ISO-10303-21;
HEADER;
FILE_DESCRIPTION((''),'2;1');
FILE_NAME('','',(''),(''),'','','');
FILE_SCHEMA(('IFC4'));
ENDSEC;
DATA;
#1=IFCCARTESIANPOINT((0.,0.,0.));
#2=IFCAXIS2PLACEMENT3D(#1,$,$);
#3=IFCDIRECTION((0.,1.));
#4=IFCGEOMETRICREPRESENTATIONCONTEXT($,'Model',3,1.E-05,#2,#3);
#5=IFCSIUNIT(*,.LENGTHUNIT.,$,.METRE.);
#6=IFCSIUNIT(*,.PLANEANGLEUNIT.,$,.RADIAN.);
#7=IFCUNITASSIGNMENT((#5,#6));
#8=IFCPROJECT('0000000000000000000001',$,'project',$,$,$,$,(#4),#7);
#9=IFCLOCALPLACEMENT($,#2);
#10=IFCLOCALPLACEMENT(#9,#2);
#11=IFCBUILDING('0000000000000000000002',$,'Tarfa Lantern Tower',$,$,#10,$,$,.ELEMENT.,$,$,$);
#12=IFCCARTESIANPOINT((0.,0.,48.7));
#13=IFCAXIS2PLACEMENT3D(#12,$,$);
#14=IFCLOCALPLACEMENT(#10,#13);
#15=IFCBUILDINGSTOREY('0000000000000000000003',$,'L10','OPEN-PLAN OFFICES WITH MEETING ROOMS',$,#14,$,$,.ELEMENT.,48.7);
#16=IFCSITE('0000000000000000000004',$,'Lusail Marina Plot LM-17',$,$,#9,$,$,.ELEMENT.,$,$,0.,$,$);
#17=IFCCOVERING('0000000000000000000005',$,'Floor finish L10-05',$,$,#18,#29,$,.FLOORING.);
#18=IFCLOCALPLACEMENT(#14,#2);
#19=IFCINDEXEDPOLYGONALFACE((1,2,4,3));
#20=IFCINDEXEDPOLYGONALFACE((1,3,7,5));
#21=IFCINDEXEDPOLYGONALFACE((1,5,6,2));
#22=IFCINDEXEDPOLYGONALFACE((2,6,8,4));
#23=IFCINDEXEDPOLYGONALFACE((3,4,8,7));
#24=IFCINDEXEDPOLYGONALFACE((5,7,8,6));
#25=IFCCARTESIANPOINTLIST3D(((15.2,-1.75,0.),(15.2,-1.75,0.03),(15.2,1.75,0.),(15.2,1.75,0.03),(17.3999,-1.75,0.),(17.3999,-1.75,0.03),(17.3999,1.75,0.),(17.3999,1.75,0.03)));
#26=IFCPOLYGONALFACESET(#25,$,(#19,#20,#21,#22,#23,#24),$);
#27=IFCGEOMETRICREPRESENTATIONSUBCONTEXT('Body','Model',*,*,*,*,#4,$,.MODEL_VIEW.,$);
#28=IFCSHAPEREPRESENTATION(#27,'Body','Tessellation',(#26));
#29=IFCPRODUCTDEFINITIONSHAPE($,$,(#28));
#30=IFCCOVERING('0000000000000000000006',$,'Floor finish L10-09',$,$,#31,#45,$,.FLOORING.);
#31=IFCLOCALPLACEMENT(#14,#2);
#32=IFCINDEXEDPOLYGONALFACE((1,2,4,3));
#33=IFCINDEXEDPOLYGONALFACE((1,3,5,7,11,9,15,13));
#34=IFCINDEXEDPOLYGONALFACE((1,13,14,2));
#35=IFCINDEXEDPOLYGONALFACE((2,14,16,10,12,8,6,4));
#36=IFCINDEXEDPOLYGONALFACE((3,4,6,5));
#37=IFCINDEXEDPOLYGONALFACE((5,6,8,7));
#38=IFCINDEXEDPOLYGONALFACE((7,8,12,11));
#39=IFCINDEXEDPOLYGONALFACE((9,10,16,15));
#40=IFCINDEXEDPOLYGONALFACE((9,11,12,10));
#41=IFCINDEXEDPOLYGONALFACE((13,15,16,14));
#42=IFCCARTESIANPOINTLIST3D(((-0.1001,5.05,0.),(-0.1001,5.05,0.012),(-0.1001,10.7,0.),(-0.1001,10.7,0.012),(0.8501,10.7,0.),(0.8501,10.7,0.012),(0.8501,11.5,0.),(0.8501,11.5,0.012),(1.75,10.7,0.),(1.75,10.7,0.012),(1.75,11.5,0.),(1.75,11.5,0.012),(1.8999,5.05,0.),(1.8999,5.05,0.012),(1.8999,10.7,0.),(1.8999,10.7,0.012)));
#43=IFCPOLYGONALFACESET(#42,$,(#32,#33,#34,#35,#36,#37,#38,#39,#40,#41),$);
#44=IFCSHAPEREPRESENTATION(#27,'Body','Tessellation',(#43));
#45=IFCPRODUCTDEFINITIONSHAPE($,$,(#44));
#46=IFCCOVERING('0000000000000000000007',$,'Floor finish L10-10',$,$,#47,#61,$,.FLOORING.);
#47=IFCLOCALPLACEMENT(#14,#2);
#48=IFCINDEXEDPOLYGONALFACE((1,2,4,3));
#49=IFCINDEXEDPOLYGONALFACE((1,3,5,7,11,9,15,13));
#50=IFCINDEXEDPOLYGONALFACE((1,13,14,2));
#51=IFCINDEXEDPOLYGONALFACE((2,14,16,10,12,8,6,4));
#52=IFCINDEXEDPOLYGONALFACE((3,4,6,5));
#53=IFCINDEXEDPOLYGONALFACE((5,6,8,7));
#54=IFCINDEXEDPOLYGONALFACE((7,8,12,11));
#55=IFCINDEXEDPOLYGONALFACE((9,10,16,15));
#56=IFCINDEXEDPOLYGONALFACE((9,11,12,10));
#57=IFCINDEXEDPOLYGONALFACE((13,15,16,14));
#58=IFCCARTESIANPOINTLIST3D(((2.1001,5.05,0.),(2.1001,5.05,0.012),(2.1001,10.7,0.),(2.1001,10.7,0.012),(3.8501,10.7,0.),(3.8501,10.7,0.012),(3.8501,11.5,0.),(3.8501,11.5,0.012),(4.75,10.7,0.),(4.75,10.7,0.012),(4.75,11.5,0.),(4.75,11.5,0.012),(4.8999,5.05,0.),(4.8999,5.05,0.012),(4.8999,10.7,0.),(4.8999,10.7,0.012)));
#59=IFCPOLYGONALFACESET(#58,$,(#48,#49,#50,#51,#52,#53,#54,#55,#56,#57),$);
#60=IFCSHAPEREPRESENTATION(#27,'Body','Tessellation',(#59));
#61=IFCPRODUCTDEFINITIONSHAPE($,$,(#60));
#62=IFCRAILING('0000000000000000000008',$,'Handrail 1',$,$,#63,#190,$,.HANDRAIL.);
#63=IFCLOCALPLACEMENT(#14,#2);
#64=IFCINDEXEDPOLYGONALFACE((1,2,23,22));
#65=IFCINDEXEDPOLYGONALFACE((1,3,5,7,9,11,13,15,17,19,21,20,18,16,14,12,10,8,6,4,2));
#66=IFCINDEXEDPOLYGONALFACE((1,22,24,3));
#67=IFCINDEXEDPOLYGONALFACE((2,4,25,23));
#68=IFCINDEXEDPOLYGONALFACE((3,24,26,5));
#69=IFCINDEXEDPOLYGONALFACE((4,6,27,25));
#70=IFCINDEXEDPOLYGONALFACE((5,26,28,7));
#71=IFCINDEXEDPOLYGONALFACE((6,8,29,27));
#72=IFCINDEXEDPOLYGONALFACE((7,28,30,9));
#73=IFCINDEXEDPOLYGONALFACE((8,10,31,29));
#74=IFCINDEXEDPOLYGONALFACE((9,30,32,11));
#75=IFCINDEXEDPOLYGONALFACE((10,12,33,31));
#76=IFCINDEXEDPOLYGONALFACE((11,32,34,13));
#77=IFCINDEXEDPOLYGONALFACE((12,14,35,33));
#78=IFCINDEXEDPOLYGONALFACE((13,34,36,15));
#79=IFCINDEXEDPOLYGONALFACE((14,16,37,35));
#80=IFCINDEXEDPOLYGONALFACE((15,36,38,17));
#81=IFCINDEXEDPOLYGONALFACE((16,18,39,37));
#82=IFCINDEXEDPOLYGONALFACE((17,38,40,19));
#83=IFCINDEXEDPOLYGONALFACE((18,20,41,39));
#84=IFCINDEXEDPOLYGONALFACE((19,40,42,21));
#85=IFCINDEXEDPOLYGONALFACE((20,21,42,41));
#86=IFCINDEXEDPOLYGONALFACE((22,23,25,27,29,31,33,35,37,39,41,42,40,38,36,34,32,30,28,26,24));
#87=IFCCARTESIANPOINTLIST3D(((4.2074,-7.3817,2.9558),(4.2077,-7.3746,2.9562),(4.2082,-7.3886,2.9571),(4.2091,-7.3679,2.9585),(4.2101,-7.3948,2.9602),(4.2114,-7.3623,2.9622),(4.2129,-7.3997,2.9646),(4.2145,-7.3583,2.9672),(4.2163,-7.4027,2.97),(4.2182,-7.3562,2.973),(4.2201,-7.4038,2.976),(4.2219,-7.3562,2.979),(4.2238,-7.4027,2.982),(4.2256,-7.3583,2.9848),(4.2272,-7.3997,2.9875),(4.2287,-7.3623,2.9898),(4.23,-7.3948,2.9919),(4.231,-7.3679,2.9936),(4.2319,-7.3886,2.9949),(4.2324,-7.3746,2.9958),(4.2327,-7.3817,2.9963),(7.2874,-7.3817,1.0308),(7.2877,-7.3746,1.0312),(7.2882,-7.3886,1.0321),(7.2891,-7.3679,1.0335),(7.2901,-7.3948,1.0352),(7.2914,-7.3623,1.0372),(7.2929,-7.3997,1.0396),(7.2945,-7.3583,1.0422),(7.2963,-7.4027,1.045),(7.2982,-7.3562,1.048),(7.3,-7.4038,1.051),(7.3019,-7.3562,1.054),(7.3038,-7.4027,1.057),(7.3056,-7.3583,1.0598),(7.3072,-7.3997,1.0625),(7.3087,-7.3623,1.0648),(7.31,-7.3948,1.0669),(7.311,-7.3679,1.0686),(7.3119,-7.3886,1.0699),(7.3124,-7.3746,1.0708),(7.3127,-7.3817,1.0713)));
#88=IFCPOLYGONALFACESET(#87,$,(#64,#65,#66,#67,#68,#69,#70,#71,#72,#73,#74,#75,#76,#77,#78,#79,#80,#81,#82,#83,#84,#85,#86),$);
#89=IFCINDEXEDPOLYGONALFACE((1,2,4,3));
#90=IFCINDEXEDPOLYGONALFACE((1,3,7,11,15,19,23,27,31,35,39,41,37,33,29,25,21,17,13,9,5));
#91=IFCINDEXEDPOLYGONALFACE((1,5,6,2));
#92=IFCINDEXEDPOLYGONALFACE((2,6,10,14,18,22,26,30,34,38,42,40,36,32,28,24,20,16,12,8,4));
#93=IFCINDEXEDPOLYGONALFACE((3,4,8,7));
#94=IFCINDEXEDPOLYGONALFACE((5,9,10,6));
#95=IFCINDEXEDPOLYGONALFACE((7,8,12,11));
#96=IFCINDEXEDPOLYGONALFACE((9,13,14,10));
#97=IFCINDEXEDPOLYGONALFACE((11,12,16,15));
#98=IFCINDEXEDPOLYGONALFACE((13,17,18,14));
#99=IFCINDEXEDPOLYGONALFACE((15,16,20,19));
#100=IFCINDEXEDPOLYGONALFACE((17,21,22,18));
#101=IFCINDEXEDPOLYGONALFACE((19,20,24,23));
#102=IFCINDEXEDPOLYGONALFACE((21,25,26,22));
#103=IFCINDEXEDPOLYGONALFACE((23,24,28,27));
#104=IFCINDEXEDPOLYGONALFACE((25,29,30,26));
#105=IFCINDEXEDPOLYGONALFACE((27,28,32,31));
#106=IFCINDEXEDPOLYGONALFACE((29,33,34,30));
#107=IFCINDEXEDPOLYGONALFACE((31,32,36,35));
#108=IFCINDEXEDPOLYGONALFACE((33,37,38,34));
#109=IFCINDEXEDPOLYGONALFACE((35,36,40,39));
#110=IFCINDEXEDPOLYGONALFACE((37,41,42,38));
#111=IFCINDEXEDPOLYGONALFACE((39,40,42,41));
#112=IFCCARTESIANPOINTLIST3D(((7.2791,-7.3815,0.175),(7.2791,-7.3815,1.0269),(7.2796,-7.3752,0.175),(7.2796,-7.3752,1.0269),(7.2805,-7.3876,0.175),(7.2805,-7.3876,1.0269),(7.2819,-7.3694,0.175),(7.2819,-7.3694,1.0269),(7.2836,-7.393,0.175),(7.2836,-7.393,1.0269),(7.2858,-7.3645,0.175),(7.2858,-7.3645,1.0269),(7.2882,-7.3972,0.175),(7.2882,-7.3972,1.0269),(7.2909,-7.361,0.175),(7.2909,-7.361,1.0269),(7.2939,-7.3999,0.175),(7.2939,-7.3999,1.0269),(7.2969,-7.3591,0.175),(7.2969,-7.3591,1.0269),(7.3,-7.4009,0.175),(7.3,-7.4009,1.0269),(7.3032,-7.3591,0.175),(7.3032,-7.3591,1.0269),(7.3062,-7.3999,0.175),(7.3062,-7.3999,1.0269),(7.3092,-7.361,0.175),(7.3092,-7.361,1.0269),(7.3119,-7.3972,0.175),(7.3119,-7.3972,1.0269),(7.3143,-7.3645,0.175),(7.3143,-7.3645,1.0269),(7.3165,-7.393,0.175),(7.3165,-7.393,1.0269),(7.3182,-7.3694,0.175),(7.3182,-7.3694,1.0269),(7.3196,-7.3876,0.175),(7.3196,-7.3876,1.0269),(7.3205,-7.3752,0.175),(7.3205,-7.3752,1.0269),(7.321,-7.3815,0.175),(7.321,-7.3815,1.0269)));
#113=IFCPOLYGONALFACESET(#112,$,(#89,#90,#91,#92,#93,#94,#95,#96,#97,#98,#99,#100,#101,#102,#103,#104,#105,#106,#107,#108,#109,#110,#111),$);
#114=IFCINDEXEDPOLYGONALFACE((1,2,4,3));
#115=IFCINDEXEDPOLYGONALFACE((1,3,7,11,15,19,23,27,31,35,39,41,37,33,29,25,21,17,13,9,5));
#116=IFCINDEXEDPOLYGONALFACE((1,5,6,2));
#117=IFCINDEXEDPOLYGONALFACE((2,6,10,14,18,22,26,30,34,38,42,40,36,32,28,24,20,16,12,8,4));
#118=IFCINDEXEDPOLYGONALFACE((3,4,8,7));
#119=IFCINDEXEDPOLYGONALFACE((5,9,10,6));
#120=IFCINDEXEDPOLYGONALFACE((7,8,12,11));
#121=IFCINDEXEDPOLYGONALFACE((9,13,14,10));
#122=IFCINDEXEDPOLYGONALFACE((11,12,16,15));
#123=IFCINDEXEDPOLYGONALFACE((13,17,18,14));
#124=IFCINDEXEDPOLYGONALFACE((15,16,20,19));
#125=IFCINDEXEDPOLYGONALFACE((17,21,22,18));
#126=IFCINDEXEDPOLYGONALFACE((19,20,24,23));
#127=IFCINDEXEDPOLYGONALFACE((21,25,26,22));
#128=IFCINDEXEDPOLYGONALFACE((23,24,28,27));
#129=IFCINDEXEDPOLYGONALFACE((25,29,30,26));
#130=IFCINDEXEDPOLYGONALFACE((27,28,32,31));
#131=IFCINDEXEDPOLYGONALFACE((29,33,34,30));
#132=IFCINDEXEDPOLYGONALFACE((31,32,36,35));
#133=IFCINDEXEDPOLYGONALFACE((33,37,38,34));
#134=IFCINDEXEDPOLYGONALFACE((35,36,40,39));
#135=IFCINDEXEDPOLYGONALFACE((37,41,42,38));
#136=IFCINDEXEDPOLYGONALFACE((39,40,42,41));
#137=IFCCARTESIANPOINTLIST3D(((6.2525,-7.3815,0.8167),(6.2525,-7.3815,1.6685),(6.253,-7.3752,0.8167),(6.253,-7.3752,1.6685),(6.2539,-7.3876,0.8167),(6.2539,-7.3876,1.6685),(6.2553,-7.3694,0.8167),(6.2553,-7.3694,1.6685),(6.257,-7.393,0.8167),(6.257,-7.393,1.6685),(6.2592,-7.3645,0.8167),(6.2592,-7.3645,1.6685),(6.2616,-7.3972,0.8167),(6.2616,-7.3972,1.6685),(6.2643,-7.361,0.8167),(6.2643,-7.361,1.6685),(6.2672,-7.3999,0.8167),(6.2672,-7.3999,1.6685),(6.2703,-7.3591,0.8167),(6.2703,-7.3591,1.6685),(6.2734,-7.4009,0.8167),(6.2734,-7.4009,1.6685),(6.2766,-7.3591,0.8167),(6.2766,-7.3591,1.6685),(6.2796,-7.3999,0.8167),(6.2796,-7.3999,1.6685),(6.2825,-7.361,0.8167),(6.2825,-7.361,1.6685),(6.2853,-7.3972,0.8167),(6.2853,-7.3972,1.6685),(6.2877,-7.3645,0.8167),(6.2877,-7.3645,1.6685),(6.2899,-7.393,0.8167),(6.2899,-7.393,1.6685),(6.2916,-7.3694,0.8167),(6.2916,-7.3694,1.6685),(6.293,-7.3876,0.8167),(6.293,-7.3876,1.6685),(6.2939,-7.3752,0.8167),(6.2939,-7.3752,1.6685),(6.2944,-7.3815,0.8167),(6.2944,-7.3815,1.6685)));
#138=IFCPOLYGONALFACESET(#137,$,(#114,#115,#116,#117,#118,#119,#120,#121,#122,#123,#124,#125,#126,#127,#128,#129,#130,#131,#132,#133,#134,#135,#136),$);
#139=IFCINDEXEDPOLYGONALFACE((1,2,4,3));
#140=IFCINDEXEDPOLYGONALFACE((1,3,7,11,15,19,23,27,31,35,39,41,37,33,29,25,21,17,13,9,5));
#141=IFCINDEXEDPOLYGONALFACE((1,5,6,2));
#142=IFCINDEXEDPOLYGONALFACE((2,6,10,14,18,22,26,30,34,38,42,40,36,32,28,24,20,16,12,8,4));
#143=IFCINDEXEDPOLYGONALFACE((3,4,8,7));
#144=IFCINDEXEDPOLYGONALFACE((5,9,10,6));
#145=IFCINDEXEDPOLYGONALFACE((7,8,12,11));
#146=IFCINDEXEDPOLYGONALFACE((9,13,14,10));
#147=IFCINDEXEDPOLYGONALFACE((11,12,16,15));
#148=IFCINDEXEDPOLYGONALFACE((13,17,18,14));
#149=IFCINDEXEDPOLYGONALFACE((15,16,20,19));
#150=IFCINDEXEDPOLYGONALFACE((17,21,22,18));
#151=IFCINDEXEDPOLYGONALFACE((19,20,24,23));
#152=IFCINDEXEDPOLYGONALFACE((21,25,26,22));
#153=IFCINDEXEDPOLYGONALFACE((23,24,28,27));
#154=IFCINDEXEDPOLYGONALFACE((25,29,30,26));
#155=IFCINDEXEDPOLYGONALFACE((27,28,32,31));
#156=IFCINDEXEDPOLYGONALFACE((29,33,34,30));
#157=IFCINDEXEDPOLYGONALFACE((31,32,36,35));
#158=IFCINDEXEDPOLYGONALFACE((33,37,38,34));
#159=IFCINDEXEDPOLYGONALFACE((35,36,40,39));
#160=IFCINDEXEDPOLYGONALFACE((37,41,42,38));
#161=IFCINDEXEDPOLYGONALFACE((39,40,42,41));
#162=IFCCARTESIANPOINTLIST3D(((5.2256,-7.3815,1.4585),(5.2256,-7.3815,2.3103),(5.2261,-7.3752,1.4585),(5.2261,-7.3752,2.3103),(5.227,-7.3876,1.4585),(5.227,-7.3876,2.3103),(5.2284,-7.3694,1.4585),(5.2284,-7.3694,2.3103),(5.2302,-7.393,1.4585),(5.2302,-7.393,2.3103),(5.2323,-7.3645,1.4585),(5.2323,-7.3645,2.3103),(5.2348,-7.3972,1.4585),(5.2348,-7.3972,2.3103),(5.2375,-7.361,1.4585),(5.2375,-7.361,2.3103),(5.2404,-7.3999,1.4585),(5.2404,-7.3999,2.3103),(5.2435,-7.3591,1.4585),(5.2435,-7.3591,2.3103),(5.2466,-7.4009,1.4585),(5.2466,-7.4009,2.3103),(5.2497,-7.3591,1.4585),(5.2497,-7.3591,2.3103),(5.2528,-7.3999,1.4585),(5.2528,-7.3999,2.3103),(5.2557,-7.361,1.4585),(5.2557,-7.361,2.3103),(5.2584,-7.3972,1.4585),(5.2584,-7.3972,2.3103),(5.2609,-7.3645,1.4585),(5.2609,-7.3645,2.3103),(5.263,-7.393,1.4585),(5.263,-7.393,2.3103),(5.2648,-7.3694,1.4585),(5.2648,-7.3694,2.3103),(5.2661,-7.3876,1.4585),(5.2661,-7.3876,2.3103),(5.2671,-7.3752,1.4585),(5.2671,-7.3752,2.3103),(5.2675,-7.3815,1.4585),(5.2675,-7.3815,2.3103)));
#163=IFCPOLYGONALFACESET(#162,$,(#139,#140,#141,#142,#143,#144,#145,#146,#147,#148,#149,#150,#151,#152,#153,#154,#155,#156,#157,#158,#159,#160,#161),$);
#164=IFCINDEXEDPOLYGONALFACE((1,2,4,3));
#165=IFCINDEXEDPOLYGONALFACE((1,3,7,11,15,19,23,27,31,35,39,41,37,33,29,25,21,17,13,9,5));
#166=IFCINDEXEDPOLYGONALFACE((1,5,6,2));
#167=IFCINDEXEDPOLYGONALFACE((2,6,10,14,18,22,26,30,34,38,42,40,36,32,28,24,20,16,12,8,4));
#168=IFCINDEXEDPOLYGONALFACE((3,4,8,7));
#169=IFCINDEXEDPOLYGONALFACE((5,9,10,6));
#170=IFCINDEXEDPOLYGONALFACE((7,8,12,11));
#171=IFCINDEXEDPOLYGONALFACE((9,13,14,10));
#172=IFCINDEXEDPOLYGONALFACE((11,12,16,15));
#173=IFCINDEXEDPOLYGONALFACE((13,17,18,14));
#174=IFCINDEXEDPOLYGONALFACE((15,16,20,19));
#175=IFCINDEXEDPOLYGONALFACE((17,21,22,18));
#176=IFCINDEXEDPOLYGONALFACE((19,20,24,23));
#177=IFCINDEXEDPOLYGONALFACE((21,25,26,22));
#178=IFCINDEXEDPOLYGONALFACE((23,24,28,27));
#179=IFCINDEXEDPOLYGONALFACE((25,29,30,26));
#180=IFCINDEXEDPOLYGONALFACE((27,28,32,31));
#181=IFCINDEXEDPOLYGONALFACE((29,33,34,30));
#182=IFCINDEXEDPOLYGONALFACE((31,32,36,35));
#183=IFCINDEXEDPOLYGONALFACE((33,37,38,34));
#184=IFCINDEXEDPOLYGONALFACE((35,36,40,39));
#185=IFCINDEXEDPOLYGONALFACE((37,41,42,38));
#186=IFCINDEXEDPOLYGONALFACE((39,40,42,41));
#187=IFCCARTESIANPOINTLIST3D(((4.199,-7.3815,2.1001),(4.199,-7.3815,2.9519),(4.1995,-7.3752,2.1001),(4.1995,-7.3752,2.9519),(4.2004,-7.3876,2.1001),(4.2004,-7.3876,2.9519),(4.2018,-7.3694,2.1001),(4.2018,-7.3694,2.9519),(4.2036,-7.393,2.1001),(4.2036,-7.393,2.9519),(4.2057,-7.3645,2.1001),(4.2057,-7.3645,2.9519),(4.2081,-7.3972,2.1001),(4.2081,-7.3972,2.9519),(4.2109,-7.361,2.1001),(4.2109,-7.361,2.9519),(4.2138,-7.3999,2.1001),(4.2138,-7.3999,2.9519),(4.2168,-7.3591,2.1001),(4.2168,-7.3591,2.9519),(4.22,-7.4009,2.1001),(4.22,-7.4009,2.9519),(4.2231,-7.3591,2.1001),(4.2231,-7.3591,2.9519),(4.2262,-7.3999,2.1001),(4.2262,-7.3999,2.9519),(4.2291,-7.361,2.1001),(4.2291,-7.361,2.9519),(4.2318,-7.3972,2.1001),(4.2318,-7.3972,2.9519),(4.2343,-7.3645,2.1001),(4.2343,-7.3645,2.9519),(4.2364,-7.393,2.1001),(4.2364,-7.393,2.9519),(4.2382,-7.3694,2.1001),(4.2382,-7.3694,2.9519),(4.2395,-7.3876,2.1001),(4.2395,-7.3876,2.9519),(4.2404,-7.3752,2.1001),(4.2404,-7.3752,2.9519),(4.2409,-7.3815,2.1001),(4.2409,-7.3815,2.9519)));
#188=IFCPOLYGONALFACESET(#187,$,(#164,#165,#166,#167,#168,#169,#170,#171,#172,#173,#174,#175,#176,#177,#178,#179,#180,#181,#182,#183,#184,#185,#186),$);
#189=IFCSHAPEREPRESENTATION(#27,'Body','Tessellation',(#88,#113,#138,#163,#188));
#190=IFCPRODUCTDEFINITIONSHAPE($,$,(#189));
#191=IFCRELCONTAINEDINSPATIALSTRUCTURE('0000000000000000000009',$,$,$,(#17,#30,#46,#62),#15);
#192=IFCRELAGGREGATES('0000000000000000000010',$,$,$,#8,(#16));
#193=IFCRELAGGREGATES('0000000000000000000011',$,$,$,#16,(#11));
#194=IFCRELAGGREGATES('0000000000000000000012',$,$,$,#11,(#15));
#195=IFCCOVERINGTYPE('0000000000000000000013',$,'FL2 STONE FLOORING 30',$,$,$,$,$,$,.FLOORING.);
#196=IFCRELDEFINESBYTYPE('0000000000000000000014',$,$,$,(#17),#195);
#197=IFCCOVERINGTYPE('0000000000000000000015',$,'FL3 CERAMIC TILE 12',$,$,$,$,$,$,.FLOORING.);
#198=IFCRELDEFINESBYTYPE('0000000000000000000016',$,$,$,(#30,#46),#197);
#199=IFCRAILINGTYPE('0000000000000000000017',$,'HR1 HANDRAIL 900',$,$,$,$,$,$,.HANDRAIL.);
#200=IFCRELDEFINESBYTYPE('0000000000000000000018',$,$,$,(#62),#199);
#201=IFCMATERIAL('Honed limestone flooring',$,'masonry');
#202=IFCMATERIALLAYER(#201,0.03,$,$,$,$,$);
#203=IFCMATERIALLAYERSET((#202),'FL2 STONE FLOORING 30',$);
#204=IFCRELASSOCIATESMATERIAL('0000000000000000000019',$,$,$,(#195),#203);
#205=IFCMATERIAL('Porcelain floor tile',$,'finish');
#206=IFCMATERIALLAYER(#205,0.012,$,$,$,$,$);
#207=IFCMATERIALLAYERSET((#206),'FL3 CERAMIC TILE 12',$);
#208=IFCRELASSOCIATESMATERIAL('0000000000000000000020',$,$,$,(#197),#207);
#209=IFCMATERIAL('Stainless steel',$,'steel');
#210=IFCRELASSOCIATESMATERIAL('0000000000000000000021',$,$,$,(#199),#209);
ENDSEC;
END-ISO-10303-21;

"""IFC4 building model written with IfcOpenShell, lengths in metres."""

from ifc_helpers import new_model, si_unit, direction, frame, origin, origin_2d, place, context, subcontext, project, spatial, polyline, circle, outline, extrude, material, layer, layer_set, type_object, element, save


model = new_model("IFC4")

# Units and contexts
model_context = context("Model", 3, precision=1e-05, world=origin(), true_north=direction((0.0, 1.0)))
body_context = subcontext(model_context, "Body", "Model", "MODEL_VIEW")
ifc_project = project(units=[si_unit("LENGTHUNIT", "METRE"), si_unit("PLANEANGLEUNIT", "RADIAN")], contexts=[model_context])

# Site, building, storey
site_placement = place(None, origin())
site = spatial("IfcSite", under=ifc_project, at=site_placement, Name="Lusail Marina Plot LM-17", CompositionType="ELEMENT", RefElevation=0.0)
building_placement = place(site_placement, origin())
building = spatial("IfcBuilding", under=site, at=building_placement, Name="Tarfa Lantern Tower", CompositionType="ELEMENT")
storey_placement = place(building_placement, frame((0.0, 0.0, 48.7)))
storey = spatial("IfcBuildingStorey", under=building, at=storey_placement, Name="L10", Description="OPEN-PLAN OFFICES WITH MEETING ROOMS", CompositionType="ELEMENT", Elevation=48.7)

# Coverings
ifc_material_1 = material(Name="Honed limestone flooring", Category="masonry")
ifc_layer_1 = layer(ifc_material_1, 0.03)
ifc_layer_set_1 = layer_set([ifc_layer_1], Name="FL2 STONE FLOORING 30")
covering_type_1 = type_object("IfcCoveringType", Name="FL2 STONE FLOORING 30", PredefinedType="FLOORING", material=ifc_layer_set_1)
covering_1_placement = place(storey_placement, origin())
element("IfcCovering", 1, at=covering_1_placement, inside=storey, type_object=covering_type_1, Name="Floor finish L10-05", PredefinedType="FLOORING", context=body_context, shape_type="SweptSolid", body=[
    extrude(outline(polyline([(15.2, -1.75), (17.3999, -1.75), (17.3999, 1.75), (15.2, 1.75), (15.2, -1.75)])), origin(), (0.0, 0.0, 1.0), 0.03),
])
ifc_material_2 = material(Name="Porcelain floor tile", Category="finish")
ifc_layer_2 = layer(ifc_material_2, 0.012)
ifc_layer_set_2 = layer_set([ifc_layer_2], Name="FL3 CERAMIC TILE 12")
covering_type_2 = type_object("IfcCoveringType", Name="FL3 CERAMIC TILE 12", PredefinedType="FLOORING", material=ifc_layer_set_2)
covering_2_placement = place(storey_placement, origin())
element("IfcCovering", 2, at=covering_2_placement, inside=storey, type_object=covering_type_2, Name="Floor finish L10-09", PredefinedType="FLOORING", context=body_context, shape_type="SweptSolid", body=[
    extrude(outline(polyline([(0.8501, 10.7), (-0.1001, 10.7), (-0.1001, 5.05), (1.8999, 5.05), (1.8999, 10.7), (1.75, 10.7), (1.75, 11.5), (1.75, 11.5), (0.8501, 11.5), (0.8501, 10.7)])), origin(), (0.0, 0.0, 1.0), 0.012),
])
covering_3_placement = place(storey_placement, origin())
element("IfcCovering", 3, at=covering_3_placement, inside=storey, type_object=covering_type_2, Name="Floor finish L10-10", PredefinedType="FLOORING", context=body_context, shape_type="SweptSolid", body=[
    extrude(outline(polyline([(2.1001, 5.05), (4.8999, 5.05), (4.8999, 10.7), (4.75, 10.7), (4.75, 11.5), (3.8501, 11.5), (3.8501, 10.7), (2.1001, 10.7), (2.1001, 5.05)])), origin(), (0.0, 0.0, 1.0), 0.012),
])

# Railing
ifc_material_3 = material(Name="Stainless steel", Category="steel")
railing_type = type_object("IfcRailingType", Name="HR1 HANDRAIL 900", PredefinedType="HANDRAIL", material=ifc_material_3)
railing_1_placement = place(storey_placement, frame((7.3, -7.3799, 0.175)))
element("IfcRailing", 4, at=railing_1_placement, inside=storey, type_object=railing_type, Name="Handrail 1", PredefinedType="HANDRAIL", context=body_context, shape_type="SweptSolid", body=[
    extrude(circle(Radius=0.0239, at=origin_2d()), frame((0.0, 0.0, 0.876), z_axis=(-0.847998, 0.0, 0.529999), x_axis=(0.0, -1.0, 0.0)), (0.0, 0.0, 1.0), 3.6321),
    extrude(circle(Radius=0.021, at=origin_2d()), frame((0.0, 0.0, 0.0), z_axis=(0.0, 0.0, 1.0), x_axis=(0.0, -1.0, 0.0)), (0.0, 0.0, 1.0), 0.8518),
    extrude(circle(Radius=0.021, at=origin_2d()), frame((-1.0266, 0.0, 0.6416), z_axis=(0.0, 0.0, 1.0), x_axis=(0.0, -1.0, 0.0)), (0.0, 0.0, 1.0), 0.8518),
    extrude(circle(Radius=0.021, at=origin_2d()), frame((-2.0535, 0.0, 1.2834), z_axis=(0.0, 0.0, 1.0), x_axis=(0.0, -1.0, 0.0)), (0.0, 0.0, 1.0), 0.8518),
    extrude(circle(Radius=0.021, at=origin_2d()), frame((-3.0801, 0.0, 1.925), z_axis=(0.0, 0.0, 1.0), x_axis=(0.0, -1.0, 0.0)), (0.0, 0.0, 1.0), 0.8518),
])

save(model, "model.ifc")
